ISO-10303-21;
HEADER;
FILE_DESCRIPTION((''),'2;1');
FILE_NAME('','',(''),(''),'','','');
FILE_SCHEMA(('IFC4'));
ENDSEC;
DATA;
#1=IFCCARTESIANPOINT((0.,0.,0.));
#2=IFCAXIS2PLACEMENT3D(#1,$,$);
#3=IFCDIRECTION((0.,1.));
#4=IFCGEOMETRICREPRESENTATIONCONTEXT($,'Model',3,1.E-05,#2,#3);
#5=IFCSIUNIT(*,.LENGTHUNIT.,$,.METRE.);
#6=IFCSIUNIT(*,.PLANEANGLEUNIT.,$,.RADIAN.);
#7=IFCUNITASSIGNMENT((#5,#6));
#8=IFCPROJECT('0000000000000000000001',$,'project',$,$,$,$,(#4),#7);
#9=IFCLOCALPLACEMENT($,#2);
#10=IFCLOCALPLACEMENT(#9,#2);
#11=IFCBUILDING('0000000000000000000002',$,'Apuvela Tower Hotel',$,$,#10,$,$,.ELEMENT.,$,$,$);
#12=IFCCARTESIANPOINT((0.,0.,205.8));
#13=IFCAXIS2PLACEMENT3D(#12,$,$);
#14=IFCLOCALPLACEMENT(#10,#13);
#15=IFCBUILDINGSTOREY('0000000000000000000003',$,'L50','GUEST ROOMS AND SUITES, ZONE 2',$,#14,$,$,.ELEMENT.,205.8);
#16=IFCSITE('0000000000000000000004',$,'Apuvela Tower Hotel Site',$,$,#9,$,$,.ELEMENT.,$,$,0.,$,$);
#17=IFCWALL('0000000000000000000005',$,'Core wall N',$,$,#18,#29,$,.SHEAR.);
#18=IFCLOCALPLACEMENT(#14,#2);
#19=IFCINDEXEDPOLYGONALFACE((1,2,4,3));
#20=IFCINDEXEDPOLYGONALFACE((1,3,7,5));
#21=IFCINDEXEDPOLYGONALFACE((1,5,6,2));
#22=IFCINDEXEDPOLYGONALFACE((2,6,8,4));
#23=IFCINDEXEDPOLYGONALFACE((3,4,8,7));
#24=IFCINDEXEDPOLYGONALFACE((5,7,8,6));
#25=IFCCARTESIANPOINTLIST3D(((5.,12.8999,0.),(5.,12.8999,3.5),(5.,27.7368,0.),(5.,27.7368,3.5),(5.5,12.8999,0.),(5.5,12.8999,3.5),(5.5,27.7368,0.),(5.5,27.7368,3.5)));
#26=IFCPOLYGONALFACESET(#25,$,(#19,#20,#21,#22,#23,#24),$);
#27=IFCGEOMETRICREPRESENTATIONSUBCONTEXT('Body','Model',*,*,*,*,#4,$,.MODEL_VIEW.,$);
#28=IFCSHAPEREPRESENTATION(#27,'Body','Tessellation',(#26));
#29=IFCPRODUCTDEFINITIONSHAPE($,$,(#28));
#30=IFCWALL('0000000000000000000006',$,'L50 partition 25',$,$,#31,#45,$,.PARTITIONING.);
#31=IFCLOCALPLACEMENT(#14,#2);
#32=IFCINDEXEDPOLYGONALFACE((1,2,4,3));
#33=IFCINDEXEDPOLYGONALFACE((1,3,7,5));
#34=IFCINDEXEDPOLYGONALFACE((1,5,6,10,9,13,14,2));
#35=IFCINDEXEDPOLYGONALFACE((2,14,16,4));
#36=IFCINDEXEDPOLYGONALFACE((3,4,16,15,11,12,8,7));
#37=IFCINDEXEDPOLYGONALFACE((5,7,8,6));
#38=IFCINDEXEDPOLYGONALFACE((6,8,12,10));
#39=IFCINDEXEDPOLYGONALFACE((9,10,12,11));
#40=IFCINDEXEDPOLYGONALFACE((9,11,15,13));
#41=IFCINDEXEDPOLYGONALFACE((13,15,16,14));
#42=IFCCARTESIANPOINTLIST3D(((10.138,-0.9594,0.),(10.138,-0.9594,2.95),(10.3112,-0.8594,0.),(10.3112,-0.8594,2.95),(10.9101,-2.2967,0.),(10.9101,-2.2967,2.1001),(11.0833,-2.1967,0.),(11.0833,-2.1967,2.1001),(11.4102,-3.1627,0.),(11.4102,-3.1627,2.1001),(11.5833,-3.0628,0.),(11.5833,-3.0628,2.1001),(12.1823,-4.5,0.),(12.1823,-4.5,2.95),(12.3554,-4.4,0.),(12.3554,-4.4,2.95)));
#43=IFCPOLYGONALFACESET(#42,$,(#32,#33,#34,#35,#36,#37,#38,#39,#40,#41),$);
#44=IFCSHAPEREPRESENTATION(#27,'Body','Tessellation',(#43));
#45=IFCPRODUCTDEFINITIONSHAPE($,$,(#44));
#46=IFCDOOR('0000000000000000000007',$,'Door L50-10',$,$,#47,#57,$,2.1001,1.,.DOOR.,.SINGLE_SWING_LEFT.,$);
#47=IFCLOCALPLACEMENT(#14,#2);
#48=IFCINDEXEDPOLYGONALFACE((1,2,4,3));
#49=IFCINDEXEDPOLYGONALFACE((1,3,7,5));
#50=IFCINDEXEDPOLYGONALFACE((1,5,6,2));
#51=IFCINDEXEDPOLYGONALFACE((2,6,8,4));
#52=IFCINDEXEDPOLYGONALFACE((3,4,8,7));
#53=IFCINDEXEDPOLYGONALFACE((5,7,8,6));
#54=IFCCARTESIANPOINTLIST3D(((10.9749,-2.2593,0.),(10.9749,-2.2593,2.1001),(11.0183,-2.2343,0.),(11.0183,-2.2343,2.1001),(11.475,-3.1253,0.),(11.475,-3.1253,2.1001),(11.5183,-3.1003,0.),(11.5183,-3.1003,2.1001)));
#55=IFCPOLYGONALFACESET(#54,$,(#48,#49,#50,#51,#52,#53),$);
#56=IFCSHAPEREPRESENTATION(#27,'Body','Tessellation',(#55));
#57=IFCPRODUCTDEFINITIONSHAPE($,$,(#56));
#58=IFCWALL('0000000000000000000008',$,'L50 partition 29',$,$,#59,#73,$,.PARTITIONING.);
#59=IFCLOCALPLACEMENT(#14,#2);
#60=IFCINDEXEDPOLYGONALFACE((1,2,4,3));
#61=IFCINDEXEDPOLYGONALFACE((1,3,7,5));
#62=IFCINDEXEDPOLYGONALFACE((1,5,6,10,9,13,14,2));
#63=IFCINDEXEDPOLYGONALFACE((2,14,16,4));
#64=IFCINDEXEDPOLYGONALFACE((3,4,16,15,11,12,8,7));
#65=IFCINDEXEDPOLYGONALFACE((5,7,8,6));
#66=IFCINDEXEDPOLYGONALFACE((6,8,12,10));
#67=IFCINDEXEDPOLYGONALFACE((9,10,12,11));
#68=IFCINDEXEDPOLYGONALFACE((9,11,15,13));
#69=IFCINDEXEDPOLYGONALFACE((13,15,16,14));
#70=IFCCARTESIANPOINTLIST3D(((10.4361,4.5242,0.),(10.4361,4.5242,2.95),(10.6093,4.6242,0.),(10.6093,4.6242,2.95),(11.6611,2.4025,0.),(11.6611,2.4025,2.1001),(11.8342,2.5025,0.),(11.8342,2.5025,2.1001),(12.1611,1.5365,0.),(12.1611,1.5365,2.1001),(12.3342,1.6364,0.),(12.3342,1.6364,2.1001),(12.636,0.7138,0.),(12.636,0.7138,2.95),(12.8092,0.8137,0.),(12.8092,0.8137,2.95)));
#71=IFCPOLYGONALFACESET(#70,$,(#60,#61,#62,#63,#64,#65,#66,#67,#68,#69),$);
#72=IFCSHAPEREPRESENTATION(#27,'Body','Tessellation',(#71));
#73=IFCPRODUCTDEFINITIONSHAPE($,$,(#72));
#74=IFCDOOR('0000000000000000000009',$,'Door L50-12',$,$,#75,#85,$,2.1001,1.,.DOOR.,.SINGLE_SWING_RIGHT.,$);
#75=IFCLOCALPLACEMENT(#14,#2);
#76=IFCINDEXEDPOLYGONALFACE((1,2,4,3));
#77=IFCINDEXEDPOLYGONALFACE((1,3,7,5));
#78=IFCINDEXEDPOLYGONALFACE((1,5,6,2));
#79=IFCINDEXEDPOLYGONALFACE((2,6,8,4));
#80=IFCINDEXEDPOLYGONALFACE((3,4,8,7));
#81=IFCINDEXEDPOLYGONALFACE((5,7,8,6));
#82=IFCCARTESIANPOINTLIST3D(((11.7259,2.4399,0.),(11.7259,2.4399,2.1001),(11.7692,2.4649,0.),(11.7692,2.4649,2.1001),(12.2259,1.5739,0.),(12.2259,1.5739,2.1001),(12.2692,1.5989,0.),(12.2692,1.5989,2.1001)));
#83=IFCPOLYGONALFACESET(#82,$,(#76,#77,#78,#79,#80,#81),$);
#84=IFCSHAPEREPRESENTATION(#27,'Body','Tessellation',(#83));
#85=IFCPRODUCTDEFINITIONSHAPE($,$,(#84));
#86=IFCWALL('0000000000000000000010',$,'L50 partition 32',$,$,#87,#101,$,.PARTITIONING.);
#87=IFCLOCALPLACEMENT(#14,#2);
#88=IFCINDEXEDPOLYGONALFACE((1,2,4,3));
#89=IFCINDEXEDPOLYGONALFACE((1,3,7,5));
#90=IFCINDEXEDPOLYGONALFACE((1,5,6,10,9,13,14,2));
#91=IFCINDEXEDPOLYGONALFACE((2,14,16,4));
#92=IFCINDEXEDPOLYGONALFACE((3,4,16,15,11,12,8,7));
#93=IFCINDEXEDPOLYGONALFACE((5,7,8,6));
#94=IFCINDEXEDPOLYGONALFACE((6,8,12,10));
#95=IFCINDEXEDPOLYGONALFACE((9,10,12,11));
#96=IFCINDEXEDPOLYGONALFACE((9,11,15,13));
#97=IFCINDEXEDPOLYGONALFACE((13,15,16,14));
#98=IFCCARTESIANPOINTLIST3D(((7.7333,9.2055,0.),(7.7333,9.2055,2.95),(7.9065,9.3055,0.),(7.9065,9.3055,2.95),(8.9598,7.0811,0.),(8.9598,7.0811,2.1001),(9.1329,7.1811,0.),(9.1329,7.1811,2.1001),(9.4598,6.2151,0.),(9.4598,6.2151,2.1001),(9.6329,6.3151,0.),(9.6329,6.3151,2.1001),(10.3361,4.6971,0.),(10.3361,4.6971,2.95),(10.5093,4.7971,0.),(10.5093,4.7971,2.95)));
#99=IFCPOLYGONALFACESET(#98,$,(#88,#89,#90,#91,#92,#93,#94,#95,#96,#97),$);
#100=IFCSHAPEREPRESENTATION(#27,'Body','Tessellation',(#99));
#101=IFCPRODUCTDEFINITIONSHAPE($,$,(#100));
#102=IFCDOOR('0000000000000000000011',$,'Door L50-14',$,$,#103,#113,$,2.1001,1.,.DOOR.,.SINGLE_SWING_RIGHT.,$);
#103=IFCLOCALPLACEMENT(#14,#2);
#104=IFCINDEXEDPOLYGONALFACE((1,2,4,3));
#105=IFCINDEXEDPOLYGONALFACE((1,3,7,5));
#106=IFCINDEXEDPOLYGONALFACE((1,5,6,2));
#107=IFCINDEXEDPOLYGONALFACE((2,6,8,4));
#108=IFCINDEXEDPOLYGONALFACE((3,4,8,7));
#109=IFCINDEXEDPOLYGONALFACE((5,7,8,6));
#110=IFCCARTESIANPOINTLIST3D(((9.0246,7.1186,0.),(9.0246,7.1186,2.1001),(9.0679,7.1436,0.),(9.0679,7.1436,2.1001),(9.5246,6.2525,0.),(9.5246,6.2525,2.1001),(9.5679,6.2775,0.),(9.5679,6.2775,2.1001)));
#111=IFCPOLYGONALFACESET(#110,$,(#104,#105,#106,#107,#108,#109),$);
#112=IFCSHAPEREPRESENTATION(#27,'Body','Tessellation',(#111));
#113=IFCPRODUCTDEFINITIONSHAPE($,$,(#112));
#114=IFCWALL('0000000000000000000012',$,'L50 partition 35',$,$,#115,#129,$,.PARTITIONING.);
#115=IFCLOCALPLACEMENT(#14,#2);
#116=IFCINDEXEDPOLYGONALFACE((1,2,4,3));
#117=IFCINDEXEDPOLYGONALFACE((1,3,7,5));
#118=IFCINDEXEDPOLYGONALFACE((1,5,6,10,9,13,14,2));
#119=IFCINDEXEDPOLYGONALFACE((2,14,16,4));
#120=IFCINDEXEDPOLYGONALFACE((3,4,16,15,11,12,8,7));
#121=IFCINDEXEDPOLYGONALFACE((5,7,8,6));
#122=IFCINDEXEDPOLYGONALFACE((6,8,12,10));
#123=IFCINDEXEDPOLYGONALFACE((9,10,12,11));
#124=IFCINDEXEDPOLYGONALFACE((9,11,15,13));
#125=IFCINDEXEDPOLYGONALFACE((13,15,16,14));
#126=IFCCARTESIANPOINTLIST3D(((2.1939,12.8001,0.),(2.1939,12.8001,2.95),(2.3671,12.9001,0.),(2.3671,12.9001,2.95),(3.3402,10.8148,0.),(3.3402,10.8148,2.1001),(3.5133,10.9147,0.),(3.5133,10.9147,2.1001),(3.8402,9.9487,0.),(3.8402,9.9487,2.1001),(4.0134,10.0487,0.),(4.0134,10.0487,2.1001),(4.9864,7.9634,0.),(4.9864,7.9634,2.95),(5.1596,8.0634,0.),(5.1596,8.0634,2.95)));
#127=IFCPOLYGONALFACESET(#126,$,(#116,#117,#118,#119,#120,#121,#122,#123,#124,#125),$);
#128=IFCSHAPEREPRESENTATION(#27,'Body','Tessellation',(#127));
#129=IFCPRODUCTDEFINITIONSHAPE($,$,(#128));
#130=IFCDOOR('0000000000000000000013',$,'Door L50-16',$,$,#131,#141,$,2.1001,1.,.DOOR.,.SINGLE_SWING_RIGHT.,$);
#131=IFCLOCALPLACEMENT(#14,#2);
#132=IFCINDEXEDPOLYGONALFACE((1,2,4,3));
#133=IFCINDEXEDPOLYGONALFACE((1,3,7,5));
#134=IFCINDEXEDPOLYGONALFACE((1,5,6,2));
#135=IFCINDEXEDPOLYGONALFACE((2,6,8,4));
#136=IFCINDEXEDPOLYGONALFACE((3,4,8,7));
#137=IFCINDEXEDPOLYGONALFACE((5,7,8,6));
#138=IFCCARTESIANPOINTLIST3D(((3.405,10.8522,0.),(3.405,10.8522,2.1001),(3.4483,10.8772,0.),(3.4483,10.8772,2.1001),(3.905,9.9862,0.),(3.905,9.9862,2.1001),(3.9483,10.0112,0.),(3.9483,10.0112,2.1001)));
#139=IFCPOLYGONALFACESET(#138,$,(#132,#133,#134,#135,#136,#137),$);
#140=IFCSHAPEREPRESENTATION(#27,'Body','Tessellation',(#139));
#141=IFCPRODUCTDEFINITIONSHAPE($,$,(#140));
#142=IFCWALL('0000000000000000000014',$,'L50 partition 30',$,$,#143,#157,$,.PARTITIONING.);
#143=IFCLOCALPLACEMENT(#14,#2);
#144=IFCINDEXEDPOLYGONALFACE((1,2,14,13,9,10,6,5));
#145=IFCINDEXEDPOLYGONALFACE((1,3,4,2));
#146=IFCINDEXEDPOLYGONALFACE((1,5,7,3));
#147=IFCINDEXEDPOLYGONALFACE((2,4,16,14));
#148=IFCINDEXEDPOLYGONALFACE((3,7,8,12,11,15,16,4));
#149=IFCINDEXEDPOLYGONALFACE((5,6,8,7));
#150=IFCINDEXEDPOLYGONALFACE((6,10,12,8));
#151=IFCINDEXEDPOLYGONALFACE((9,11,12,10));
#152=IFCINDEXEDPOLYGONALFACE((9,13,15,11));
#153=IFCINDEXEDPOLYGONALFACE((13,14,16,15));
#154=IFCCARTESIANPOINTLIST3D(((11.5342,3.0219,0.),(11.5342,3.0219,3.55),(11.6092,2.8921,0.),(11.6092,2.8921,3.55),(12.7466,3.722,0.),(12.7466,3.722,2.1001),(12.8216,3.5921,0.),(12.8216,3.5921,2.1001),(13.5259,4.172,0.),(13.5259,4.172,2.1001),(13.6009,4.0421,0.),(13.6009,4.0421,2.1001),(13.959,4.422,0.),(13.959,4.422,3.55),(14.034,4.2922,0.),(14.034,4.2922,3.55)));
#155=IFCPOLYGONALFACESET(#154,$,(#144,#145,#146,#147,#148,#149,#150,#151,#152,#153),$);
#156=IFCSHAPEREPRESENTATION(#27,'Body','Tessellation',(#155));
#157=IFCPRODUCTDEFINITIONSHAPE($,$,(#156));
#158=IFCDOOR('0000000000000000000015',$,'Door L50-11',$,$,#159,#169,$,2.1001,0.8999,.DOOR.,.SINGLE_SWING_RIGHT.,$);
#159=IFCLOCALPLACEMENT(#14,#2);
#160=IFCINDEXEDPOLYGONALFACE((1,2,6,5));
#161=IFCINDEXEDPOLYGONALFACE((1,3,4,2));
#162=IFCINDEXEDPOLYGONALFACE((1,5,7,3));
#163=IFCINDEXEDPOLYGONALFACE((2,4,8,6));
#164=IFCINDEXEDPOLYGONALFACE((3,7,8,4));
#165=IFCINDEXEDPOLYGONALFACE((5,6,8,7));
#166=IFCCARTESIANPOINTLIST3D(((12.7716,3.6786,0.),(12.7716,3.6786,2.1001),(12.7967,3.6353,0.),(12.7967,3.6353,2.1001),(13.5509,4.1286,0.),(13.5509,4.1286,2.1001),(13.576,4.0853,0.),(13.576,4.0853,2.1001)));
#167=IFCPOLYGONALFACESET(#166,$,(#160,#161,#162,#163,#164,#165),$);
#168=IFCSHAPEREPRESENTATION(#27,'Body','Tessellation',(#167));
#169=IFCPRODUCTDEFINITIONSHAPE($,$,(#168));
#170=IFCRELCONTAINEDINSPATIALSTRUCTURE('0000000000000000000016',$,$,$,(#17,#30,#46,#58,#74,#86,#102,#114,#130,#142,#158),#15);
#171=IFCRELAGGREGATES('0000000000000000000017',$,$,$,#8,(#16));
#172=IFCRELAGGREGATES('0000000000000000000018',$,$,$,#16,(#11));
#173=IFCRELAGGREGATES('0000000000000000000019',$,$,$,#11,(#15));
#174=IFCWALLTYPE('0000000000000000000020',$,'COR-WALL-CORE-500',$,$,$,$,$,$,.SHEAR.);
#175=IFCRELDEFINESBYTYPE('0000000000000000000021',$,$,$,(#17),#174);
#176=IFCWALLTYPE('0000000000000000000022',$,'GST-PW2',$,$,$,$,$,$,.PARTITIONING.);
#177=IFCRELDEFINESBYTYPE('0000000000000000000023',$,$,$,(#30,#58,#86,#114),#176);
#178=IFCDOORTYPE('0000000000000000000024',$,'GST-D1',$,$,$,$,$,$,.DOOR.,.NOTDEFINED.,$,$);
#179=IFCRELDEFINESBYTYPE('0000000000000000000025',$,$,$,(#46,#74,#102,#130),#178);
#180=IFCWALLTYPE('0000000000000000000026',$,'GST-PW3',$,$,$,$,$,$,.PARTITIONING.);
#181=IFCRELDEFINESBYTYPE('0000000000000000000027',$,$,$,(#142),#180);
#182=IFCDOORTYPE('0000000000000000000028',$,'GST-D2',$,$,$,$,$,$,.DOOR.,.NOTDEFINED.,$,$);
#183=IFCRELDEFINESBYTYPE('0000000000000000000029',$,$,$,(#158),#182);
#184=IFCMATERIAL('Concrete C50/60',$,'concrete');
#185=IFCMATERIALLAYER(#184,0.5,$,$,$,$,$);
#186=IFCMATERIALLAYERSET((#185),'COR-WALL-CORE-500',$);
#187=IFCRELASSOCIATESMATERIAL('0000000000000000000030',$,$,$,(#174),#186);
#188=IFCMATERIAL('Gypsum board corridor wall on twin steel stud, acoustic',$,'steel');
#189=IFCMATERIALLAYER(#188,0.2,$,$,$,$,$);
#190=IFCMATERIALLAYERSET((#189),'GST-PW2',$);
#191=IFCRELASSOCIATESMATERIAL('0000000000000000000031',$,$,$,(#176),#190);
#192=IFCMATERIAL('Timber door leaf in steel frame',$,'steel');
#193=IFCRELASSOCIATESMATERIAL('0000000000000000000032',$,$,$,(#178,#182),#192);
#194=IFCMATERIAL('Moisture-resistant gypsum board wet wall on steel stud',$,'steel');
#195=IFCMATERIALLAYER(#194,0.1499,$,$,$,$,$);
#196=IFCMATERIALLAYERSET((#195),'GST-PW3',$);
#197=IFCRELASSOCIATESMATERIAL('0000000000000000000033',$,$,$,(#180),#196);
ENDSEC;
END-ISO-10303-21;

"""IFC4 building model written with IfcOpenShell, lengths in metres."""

from ifc_helpers import new_model, si_unit, direction, frame, frame_2d, origin, place, context, subcontext, project, spatial, rectangle, extrude, material, layer, layer_set, type_object, element, fill, save


model = new_model("IFC4")

# Units and contexts
model_context = context("Model", 3, precision=1e-05, world=origin(), true_north=direction((0.0, 1.0)))
body_context = subcontext(model_context, "Body", "Model", "MODEL_VIEW")
ifc_project = project(units=[si_unit("LENGTHUNIT", "METRE"), si_unit("PLANEANGLEUNIT", "RADIAN")], contexts=[model_context])

# Site, building, storey
site_placement = place(None, origin())
site = spatial("IfcSite", under=ifc_project, at=site_placement, Name="Apuvela Tower Hotel Site", CompositionType="ELEMENT", RefElevation=0.0)
building_placement = place(site_placement, origin())
building = spatial("IfcBuilding", under=site, at=building_placement, Name="Apuvela Tower Hotel", CompositionType="ELEMENT")
storey_placement = place(building_placement, frame((0.0, 0.0, 205.8)))
storey = spatial("IfcBuildingStorey", under=building, at=storey_placement, Name="L50", Description="GUEST ROOMS AND SUITES, ZONE 2", CompositionType="ELEMENT", Elevation=205.8)

# Shared definitions
ifc_material_1 = material(Name="Concrete C50/60", Category="concrete")

# Wall
ifc_layer_1 = layer(ifc_material_1, 0.5)
ifc_layer_set_1 = layer_set([ifc_layer_1], Name="COR-WALL-CORE-500")
wall_type_1 = type_object("IfcWallType", Name="COR-WALL-CORE-500", PredefinedType="SHEAR", material=ifc_layer_set_1)
wall_1_placement = place(storey_placement, frame((5.25, 12.8999, 0.0), z_axis=(0.0, 0.0, 1.0), x_axis=(0.0, 1.0, 0.0)))
element("IfcWall", 1, at=wall_1_placement, inside=storey, type_object=wall_type_1, Name="Core wall N", PredefinedType="SHEAR", context=body_context, shape_type="SweptSolid", body=[
    extrude(rectangle(XDim=14.8369, YDim=0.5, at=frame_2d((7.4185, 0.0))), origin(), (0.0, 0.0, 1.0), 3.5),
])

# Walls, openings, doors
ifc_material_2 = material(Name="Gypsum board corridor wall on twin steel stud, acoustic", Category="steel")
ifc_layer_2 = layer(ifc_material_2, 0.2)
ifc_layer_set_2 = layer_set([ifc_layer_2], Name="GST-PW2")
wall_type_2 = type_object("IfcWallType", Name="GST-PW2", PredefinedType="PARTITIONING", material=ifc_layer_set_2)
wall_2_placement = place(storey_placement, frame((10.2246, -0.9094, 0.0), z_axis=(0.0, 0.0, 1.0), x_axis=(0.500012, -0.866019, 0.0)))
wall_2 = element("IfcWall", 2, at=wall_2_placement, inside=storey, type_object=wall_type_2, Name="L50 partition 25", PredefinedType="PARTITIONING", context=body_context, shape_type="SweptSolid", body=[
    extrude(rectangle(XDim=4.0884, YDim=0.2, at=frame_2d((2.0442, 0.0))), origin(), (0.0, 0.0, 1.0), 2.95),
])
opening_1_placement = place(wall_2_placement, frame((1.5442, 0.0, 0.0)))
opening_1 = element("IfcOpeningElement", 3, at=opening_1_placement, cuts=wall_2, PredefinedType="OPENING", context=body_context, shape_type="SweptSolid", body=[
    extrude(rectangle(XDim=1.0, YDim=2.1001, at=frame_2d((0.5, 1.05))), frame((0.0, 0.1099, 0.0), z_axis=(0.0, -1.0, 0.0), x_axis=(1.0, 0.0, 0.0)), (0.0, 0.0, 1.0), 0.22),
])
ifc_material_3 = material(Name="Timber door leaf in steel frame", Category="steel")
door_type_1 = type_object("IfcDoorType", Name="GST-D1", OperationType="NOTDEFINED", PredefinedType="DOOR", material=ifc_material_3)
door_1_placement = place(opening_1_placement, origin())
door_1 = element("IfcDoor", 4, at=door_1_placement, inside=storey, type_object=door_type_1, Name="Door L50-10", OperationType="SINGLE_SWING_LEFT", OverallHeight=2.1001, OverallWidth=1.0, PredefinedType="DOOR", context=body_context, shape_type="SweptSolid", body=[
    extrude(rectangle(XDim=1.0, YDim=2.1001, at=frame_2d((0.5, 1.05))), frame((0.0, 0.0249, 0.0), z_axis=(0.0, -1.0, 0.0), x_axis=(1.0, 0.0, 0.0)), (0.0, 0.0, 1.0), 0.05),
])
fill(opening_1, door_1)
wall_3_placement = place(storey_placement, frame((10.5227, 4.5742, 0.0), z_axis=(0.0, 0.0, 1.0), x_axis=(0.499988, -0.866032, 0.0)))
wall_3 = element("IfcWall", 5, at=wall_3_placement, inside=storey, type_object=wall_type_2, Name="L50 partition 29", PredefinedType="PARTITIONING", context=body_context, shape_type="SweptSolid", body=[
    extrude(rectangle(XDim=4.3999, YDim=0.2, at=frame_2d((2.2, 0.0))), origin(), (0.0, 0.0, 1.0), 2.95),
])
opening_2_placement = place(wall_3_placement, frame((2.45, 0.0, 0.0)))
opening_2 = element("IfcOpeningElement", 6, at=opening_2_placement, cuts=wall_3, PredefinedType="OPENING", context=body_context, shape_type="SweptSolid", body=[
    extrude(rectangle(XDim=1.0, YDim=2.1001, at=frame_2d((0.5, 1.05))), frame((0.0, 0.1099, 0.0), z_axis=(0.0, -1.0, 0.0), x_axis=(1.0, 0.0, 0.0)), (0.0, 0.0, 1.0), 0.22),
])
door_2_placement = place(opening_2_placement, origin())
door_2 = element("IfcDoor", 7, at=door_2_placement, inside=storey, type_object=door_type_1, Name="Door L50-12", OperationType="SINGLE_SWING_RIGHT", OverallHeight=2.1001, OverallWidth=1.0, PredefinedType="DOOR", context=body_context, shape_type="SweptSolid", body=[
    extrude(rectangle(XDim=1.0, YDim=2.1001, at=frame_2d((0.5, 1.05))), frame((0.0, 0.0249, 0.0), z_axis=(0.0, -1.0, 0.0), x_axis=(1.0, 0.0, 0.0)), (0.0, 0.0, 1.0), 0.05),
])
fill(opening_2, door_2)
wall_4_placement = place(storey_placement, frame((7.8198, 9.2556, 0.0), z_axis=(0.0, 0.0, 1.0), x_axis=(0.499988, -0.866033, 0.0)))
wall_4 = element("IfcWall", 8, at=wall_4_placement, inside=storey, type_object=wall_type_2, Name="L50 partition 32", PredefinedType="PARTITIONING", context=body_context, shape_type="SweptSolid", body=[
    extrude(rectangle(XDim=5.2058, YDim=0.2, at=frame_2d((2.603, 0.0))), origin(), (0.0, 0.0, 1.0), 2.95),
])
opening_3_placement = place(wall_4_placement, frame((2.4531, 0.0, 0.0)))
opening_3 = element("IfcOpeningElement", 9, at=opening_3_placement, cuts=wall_4, PredefinedType="OPENING", context=body_context, shape_type="SweptSolid", body=[
    extrude(rectangle(XDim=1.0, YDim=2.1001, at=frame_2d((0.5, 1.05))), frame((0.0, 0.1099, 0.0), z_axis=(0.0, -1.0, 0.0), x_axis=(1.0, 0.0, 0.0)), (0.0, 0.0, 1.0), 0.22),
])
door_3_placement = place(opening_3_placement, origin())
door_3 = element("IfcDoor", 10, at=door_3_placement, inside=storey, type_object=door_type_1, Name="Door L50-14", OperationType="SINGLE_SWING_RIGHT", OverallHeight=2.1001, OverallWidth=1.0, PredefinedType="DOOR", context=body_context, shape_type="SweptSolid", body=[
    extrude(rectangle(XDim=1.0, YDim=2.1001, at=frame_2d((0.5, 1.05))), frame((0.0, 0.0249, 0.0), z_axis=(0.0, -1.0, 0.0), x_axis=(1.0, 0.0, 0.0)), (0.0, 0.0, 1.0), 0.05),
])
fill(opening_3, door_3)
wall_5_placement = place(storey_placement, frame((2.2805, 12.8501, 0.0), z_axis=(0.0, 0.0, 1.0), x_axis=(0.500004, -0.866023, 0.0)))
wall_5 = element("IfcWall", 11, at=wall_5_placement, inside=storey, type_object=wall_type_2, Name="L50 partition 35", PredefinedType="PARTITIONING", context=body_context, shape_type="SweptSolid", body=[
    extrude(rectangle(XDim=5.585, YDim=0.2, at=frame_2d((2.7925, 0.0))), origin(), (0.0, 0.0, 1.0), 2.95),
])
opening_4_placement = place(wall_5_placement, frame((2.2925, 0.0, 0.0)))
opening_4 = element("IfcOpeningElement", 12, at=opening_4_placement, cuts=wall_5, PredefinedType="OPENING", context=body_context, shape_type="SweptSolid", body=[
    extrude(rectangle(XDim=1.0, YDim=2.1001, at=frame_2d((0.5, 1.05))), frame((0.0, 0.1099, 0.0), z_axis=(0.0, -1.0, 0.0), x_axis=(1.0, 0.0, 0.0)), (0.0, 0.0, 1.0), 0.22),
])
door_4_placement = place(opening_4_placement, origin())
door_4 = element("IfcDoor", 13, at=door_4_placement, inside=storey, type_object=door_type_1, Name="Door L50-16", OperationType="SINGLE_SWING_RIGHT", OverallHeight=2.1001, OverallWidth=1.0, PredefinedType="DOOR", context=body_context, shape_type="SweptSolid", body=[
    extrude(rectangle(XDim=1.0, YDim=2.1001, at=frame_2d((0.5, 1.05))), frame((0.0, 0.0249, 0.0), z_axis=(0.0, -1.0, 0.0), x_axis=(1.0, 0.0, 0.0)), (0.0, 0.0, 1.0), 0.05),
])
fill(opening_4, door_4)
ifc_material_4 = material(Name="Moisture-resistant gypsum board wet wall on steel stud", Category="steel")
ifc_layer_3 = layer(ifc_material_4, 0.1499)
ifc_layer_set_3 = layer_set([ifc_layer_3], Name="GST-PW3")
wall_type_3 = type_object("IfcWallType", Name="GST-PW3", PredefinedType="PARTITIONING", material=ifc_layer_set_3)
wall_6_placement = place(storey_placement, frame((11.5718, 2.957, 0.0), z_axis=(0.0, 0.0, 1.0), x_axis=(0.865997, 0.50005, 0.0)))
wall_6 = element("IfcWall", 14, at=wall_6_placement, inside=storey, type_object=wall_type_3, Name="L50 partition 30", PredefinedType="PARTITIONING", context=body_context, shape_type="SweptSolid", body=[
    extrude(rectangle(XDim=2.8, YDim=0.1499, at=frame_2d((1.3999, 0.0))), origin(), (0.0, 0.0, 1.0), 3.55),
])
opening_5_placement = place(wall_6_placement, frame((1.3999, 0.0, 0.0)))
opening_5 = element("IfcOpeningElement", 15, at=opening_5_placement, cuts=wall_6, PredefinedType="OPENING", context=body_context, shape_type="SweptSolid", body=[
    extrude(rectangle(XDim=0.8999, YDim=2.1001, at=frame_2d((0.45, 1.05))), frame((0.0, 0.085, 0.0), z_axis=(0.0, -1.0, 0.0), x_axis=(1.0, 0.0, 0.0)), (0.0, 0.0, 1.0), 0.1699),
])
door_type_2 = type_object("IfcDoorType", Name="GST-D2", OperationType="NOTDEFINED", PredefinedType="DOOR", material=ifc_material_3)
door_5_placement = place(opening_5_placement, origin())
door_5 = element("IfcDoor", 16, at=door_5_placement, inside=storey, type_object=door_type_2, Name="Door L50-11", OperationType="SINGLE_SWING_RIGHT", OverallHeight=2.1001, OverallWidth=0.8999, PredefinedType="DOOR", context=body_context, shape_type="SweptSolid", body=[
    extrude(rectangle(XDim=0.8999, YDim=2.1001, at=frame_2d((0.45, 1.05))), frame((0.0, 0.0249, 0.0), z_axis=(0.0, -1.0, 0.0), x_axis=(1.0, 0.0, 0.0)), (0.0, 0.0, 1.0), 0.05),
])
fill(opening_5, door_5)

save(model, "model.ifc")
